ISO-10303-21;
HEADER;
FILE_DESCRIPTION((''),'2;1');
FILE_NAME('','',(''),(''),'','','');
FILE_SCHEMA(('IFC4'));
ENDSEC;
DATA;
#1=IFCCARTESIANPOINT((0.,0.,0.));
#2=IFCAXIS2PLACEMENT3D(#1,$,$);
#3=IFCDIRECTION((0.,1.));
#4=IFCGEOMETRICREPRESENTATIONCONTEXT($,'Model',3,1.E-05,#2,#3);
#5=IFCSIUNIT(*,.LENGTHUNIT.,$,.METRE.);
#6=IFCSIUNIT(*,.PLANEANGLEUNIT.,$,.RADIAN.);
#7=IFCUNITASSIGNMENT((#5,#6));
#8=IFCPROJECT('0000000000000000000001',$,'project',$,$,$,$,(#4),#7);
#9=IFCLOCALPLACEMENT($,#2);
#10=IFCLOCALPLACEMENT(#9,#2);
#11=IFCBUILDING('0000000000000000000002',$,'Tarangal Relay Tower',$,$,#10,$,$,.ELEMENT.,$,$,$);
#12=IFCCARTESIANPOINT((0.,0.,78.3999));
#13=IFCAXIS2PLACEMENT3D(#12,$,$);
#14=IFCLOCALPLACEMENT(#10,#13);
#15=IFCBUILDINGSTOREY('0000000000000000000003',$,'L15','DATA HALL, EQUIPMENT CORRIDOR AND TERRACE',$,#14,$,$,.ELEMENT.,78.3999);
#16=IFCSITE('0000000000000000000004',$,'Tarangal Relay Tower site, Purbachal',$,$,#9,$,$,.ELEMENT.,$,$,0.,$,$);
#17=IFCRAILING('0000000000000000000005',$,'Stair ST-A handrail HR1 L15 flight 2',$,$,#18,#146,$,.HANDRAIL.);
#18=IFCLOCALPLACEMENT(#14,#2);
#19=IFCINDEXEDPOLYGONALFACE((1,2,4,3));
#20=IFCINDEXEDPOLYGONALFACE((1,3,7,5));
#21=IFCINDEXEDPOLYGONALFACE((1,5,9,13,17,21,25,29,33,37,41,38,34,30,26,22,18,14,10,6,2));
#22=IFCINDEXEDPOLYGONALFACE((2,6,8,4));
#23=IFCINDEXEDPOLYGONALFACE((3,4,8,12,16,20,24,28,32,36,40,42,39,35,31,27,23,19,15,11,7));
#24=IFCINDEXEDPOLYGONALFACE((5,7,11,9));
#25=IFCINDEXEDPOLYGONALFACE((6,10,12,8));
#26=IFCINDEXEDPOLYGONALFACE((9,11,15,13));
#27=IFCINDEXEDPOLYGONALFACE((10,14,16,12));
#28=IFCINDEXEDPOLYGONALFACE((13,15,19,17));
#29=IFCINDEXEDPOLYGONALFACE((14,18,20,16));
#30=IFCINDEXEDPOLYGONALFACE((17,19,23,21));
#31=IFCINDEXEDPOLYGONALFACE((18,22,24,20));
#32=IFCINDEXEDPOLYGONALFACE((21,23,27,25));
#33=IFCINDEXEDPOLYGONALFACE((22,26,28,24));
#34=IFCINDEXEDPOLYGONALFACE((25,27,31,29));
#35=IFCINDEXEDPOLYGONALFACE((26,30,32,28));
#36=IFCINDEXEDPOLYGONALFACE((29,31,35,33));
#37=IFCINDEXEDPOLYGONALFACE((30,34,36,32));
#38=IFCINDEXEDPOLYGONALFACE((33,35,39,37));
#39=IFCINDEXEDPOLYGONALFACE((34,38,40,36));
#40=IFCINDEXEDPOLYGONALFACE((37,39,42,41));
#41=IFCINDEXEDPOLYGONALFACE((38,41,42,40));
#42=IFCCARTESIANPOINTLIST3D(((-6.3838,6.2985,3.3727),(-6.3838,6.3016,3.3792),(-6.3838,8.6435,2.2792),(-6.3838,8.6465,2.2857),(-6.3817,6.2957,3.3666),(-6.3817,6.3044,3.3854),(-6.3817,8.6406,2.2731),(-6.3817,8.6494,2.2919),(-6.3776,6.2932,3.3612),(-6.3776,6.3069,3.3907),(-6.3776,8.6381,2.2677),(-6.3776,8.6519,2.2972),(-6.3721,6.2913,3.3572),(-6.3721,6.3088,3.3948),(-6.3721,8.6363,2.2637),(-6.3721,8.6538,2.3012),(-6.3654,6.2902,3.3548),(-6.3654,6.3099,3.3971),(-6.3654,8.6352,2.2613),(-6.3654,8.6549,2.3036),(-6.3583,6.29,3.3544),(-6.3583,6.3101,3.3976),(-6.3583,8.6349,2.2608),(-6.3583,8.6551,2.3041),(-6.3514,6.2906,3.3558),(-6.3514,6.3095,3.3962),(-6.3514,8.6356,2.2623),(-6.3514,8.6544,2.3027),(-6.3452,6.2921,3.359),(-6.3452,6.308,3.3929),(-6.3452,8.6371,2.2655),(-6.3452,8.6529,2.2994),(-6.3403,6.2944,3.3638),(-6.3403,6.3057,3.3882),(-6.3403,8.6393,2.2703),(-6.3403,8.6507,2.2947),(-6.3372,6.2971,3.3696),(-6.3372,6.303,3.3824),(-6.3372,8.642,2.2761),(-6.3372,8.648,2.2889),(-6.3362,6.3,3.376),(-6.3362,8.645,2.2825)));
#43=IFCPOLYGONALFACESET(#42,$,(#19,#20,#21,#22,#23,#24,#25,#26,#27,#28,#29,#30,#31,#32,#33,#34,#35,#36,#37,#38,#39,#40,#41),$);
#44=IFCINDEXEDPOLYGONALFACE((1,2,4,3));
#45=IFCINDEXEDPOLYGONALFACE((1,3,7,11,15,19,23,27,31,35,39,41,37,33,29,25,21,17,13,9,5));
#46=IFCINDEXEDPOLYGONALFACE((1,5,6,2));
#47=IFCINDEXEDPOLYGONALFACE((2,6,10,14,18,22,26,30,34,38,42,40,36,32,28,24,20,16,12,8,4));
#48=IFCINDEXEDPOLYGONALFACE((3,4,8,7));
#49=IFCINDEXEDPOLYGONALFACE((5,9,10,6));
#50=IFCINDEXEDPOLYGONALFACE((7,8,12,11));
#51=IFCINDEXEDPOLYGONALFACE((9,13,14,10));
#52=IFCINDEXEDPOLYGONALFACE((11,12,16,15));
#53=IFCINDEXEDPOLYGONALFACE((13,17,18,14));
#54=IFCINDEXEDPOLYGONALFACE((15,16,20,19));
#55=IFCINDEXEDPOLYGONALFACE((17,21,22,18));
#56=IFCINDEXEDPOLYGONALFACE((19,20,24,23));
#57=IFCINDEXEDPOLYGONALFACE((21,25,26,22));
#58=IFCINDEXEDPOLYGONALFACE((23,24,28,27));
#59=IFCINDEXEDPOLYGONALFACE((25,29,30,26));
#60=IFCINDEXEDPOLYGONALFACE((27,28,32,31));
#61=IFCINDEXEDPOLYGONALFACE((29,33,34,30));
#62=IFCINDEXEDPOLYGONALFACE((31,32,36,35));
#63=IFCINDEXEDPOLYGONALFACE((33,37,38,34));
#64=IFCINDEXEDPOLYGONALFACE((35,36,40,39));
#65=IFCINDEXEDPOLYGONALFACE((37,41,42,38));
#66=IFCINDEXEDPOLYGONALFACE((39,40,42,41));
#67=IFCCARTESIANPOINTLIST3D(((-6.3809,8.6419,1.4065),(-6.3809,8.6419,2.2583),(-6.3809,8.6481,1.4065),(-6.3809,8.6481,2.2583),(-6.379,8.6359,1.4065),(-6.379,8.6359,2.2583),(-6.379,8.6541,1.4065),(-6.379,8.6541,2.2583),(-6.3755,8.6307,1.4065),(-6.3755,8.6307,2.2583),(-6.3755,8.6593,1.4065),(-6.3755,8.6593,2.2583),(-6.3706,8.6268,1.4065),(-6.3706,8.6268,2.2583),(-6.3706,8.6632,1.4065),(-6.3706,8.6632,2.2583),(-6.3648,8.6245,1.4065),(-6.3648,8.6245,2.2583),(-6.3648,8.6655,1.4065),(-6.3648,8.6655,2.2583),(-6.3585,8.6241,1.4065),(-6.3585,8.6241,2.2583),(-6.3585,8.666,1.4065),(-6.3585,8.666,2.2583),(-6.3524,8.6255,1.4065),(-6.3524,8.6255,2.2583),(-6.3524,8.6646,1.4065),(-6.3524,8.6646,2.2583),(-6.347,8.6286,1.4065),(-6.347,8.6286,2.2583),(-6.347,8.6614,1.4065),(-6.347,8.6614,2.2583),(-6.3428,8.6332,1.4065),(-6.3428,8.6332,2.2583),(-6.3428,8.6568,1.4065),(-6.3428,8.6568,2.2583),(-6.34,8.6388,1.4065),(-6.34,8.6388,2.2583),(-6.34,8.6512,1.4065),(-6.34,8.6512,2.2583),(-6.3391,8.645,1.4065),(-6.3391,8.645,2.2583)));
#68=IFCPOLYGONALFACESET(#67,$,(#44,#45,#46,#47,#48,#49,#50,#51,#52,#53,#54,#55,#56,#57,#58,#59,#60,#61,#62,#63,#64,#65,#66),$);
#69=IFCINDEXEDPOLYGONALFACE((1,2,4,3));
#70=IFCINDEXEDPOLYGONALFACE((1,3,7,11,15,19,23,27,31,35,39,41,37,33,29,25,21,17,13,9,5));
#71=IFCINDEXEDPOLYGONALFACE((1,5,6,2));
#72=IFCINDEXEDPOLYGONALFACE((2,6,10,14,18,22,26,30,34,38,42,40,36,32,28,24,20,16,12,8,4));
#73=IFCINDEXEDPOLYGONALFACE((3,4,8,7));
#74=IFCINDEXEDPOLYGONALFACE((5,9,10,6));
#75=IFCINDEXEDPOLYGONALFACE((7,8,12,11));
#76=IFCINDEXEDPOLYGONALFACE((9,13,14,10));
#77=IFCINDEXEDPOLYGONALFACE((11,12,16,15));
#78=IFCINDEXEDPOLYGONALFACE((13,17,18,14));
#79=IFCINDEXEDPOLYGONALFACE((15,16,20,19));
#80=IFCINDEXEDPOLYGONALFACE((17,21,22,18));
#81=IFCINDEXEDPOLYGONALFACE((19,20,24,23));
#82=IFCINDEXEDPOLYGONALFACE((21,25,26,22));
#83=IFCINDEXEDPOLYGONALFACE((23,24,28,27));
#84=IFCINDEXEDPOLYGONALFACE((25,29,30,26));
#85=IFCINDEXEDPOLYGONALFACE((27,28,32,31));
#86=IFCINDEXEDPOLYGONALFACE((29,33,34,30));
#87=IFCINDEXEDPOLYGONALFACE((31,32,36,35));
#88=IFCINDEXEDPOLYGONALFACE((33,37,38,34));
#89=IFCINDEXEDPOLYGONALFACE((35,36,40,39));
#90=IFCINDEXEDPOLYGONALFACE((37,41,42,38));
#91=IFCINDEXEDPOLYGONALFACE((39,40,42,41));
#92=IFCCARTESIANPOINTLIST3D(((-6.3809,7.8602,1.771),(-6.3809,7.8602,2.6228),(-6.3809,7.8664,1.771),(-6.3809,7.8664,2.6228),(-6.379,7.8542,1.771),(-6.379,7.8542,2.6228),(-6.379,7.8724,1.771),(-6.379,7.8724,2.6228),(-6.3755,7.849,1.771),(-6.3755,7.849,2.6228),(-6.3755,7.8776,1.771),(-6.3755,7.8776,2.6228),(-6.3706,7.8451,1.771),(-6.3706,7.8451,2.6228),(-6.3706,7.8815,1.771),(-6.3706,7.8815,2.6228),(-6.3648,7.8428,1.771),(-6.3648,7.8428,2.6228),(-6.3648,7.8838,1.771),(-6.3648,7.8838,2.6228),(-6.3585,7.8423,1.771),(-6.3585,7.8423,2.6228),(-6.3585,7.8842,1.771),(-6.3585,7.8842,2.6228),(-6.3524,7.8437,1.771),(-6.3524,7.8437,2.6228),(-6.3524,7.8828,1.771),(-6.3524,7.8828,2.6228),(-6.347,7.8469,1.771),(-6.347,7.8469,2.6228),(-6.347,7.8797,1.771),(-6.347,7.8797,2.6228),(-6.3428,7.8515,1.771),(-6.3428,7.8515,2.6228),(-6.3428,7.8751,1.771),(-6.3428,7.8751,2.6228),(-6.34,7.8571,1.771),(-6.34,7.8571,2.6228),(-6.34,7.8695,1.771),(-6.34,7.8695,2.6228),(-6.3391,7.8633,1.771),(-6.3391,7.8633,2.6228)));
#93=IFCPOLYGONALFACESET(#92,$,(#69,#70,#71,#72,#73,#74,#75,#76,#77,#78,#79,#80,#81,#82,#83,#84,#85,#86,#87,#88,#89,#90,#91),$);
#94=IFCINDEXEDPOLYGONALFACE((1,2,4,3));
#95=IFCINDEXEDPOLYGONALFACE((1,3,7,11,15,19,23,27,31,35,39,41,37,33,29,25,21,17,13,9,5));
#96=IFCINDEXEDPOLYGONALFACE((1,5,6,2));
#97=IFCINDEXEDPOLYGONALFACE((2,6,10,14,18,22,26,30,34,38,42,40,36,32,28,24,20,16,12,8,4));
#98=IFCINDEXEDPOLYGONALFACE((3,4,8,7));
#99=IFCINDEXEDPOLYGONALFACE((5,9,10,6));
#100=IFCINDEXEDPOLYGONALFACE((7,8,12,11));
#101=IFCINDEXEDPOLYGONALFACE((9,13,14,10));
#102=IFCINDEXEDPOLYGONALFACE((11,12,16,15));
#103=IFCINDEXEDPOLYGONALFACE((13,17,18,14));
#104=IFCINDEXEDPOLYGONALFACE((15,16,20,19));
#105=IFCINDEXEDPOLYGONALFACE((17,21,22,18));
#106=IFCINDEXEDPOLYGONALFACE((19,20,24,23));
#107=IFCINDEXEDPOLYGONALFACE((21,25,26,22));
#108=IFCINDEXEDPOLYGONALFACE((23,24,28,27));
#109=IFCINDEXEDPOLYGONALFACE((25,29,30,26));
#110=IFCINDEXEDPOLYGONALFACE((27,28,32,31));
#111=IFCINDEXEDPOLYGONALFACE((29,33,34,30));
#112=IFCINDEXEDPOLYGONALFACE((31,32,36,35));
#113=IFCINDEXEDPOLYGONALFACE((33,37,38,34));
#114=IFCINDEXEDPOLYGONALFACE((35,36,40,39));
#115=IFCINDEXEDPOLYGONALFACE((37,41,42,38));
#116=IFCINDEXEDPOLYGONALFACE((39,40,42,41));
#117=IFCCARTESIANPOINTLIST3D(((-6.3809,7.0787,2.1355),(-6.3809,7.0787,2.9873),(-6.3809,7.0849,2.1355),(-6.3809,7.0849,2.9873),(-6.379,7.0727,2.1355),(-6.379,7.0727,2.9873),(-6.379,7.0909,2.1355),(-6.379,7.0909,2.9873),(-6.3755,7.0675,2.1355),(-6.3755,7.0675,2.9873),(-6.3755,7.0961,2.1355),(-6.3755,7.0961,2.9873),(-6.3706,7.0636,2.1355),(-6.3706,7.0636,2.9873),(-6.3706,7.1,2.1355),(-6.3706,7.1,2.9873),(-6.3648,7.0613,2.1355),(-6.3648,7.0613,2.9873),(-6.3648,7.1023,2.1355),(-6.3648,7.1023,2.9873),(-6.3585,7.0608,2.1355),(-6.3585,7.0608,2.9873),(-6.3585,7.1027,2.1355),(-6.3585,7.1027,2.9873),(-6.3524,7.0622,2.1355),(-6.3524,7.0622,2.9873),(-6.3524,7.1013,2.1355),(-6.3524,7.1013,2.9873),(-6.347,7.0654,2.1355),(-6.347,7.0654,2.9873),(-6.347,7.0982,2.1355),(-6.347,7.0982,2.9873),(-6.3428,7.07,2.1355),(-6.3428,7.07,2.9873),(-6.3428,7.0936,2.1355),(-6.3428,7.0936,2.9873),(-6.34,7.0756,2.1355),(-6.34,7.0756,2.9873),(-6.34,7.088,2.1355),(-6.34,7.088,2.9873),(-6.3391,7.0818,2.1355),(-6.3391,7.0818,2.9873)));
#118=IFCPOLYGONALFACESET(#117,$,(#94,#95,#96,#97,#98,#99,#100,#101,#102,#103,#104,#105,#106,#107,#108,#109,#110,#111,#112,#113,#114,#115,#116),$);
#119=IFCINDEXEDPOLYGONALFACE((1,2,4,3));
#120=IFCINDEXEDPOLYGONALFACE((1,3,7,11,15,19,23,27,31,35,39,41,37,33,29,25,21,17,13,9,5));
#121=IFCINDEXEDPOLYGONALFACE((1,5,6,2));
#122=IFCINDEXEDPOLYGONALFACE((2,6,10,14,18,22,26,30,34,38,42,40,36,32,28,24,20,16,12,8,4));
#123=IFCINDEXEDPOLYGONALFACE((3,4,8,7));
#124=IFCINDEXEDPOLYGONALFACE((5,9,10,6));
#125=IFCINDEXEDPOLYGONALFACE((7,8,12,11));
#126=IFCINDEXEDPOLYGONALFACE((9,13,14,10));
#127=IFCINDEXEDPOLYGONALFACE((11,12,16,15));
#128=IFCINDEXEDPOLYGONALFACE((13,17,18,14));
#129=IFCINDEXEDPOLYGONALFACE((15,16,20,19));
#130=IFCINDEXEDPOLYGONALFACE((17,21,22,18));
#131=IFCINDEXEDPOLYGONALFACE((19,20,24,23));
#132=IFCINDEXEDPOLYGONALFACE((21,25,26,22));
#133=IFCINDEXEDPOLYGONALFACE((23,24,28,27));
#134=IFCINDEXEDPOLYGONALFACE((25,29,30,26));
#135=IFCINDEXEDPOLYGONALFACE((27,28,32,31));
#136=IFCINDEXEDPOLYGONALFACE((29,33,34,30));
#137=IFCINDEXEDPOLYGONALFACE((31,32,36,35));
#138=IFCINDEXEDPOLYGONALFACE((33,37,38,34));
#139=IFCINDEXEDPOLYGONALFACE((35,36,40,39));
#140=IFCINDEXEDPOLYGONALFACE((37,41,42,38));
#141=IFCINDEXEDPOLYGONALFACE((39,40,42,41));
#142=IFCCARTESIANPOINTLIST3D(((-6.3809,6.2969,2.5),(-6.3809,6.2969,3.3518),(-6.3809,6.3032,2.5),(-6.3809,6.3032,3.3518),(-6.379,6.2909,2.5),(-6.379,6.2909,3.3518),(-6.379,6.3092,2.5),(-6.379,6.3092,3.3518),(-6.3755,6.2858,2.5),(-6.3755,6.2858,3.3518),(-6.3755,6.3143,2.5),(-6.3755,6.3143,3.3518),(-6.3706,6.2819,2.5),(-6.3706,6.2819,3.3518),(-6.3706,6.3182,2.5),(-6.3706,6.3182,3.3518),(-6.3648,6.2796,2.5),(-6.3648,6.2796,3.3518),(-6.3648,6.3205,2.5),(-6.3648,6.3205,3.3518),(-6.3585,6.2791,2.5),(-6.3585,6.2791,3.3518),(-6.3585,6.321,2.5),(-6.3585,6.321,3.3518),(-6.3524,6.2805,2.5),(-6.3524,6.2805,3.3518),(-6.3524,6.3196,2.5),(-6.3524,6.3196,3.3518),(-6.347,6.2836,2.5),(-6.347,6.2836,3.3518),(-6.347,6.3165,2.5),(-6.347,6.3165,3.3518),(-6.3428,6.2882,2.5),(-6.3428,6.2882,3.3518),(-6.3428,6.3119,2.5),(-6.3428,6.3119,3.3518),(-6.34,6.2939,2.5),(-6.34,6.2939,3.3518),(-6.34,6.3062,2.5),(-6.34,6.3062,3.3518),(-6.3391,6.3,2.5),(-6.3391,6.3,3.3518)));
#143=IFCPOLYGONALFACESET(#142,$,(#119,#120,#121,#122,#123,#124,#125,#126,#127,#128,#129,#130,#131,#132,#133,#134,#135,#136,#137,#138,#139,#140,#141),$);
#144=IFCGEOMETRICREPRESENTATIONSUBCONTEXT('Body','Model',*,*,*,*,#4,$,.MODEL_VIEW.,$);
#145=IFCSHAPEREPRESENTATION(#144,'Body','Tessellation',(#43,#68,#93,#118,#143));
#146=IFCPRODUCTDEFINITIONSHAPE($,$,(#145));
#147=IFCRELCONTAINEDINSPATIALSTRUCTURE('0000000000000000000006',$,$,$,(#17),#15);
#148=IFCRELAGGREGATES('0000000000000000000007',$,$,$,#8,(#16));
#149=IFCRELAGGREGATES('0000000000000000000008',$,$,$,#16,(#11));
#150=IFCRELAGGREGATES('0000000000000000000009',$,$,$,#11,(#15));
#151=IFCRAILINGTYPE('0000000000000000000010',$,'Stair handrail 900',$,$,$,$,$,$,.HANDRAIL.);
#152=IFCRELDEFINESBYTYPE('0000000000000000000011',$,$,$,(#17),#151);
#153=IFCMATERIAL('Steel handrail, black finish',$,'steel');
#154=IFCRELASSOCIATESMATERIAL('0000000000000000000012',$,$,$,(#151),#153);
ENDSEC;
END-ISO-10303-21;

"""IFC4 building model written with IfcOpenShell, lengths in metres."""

from ifc_helpers import new_model, si_unit, direction, frame, origin, origin_2d, place, context, subcontext, project, spatial, circle, extrude, material, type_object, element, save


model = new_model("IFC4")

# Units and contexts
model_context = context("Model", 3, precision=1e-05, world=origin(), true_north=direction((0.0, 1.0)))
body_context = subcontext(model_context, "Body", "Model", "MODEL_VIEW")
ifc_project = project(units=[si_unit("LENGTHUNIT", "METRE"), si_unit("PLANEANGLEUNIT", "RADIAN")], contexts=[model_context])

# Site, building, storey
site_placement = place(None, origin())
site = spatial("IfcSite", under=ifc_project, at=site_placement, Name="Tarangal Relay Tower site, Purbachal", CompositionType="ELEMENT", RefElevation=0.0)
building_placement = place(site_placement, origin())
building = spatial("IfcBuilding", under=site, at=building_placement, Name="Tarangal Relay Tower", CompositionType="ELEMENT")
storey_placement = place(building_placement, frame((0.0, 0.0, 78.3999)))
storey = spatial("IfcBuildingStorey", under=building, at=storey_placement, Name="L15", Description="DATA HALL, EQUIPMENT CORRIDOR AND TERRACE", CompositionType="ELEMENT", Elevation=78.3999)

# Railing
ifc_material_1 = material(Name="Steel handrail, black finish", Category="steel")
railing_type_1 = type_object("IfcRailingType", Name="Stair handrail 900", PredefinedType="HANDRAIL", material=ifc_material_1)
railing_placement = place(storey_placement, frame((-6.3601, 8.645, 1.4065)))
element("IfcRailing", 1, at=railing_placement, inside=storey, type_object=railing_type_1, Name="Stair ST-A handrail HR1 L15 flight 2", PredefinedType="HANDRAIL", context=body_context, shape_type="SweptSolid", body=[
    extrude(circle(Radius=0.0239, at=origin_2d()), frame((0.0, 0.0, 0.876), z_axis=(0.0, -0.906304, 0.422627), x_axis=(1.0, 0.0, 0.0)), (0.0, 0.0, 1.0), 2.5874),
    extrude(circle(Radius=0.021, at=origin_2d()), origin(), (0.0, 0.0, 1.0), 0.8518),
    extrude(circle(Radius=0.021, at=origin_2d()), frame((0.0, -0.7817, 0.3645)), (0.0, 0.0, 1.0), 0.8518),
    extrude(circle(Radius=0.021, at=origin_2d()), frame((0.0, -1.5632, 0.729)), (0.0, 0.0, 1.0), 0.8518),
    extrude(circle(Radius=0.021, at=origin_2d()), frame((0.0, -2.345, 1.0935)), (0.0, 0.0, 1.0), 0.8518),
])

save(model, "model.ifc")
